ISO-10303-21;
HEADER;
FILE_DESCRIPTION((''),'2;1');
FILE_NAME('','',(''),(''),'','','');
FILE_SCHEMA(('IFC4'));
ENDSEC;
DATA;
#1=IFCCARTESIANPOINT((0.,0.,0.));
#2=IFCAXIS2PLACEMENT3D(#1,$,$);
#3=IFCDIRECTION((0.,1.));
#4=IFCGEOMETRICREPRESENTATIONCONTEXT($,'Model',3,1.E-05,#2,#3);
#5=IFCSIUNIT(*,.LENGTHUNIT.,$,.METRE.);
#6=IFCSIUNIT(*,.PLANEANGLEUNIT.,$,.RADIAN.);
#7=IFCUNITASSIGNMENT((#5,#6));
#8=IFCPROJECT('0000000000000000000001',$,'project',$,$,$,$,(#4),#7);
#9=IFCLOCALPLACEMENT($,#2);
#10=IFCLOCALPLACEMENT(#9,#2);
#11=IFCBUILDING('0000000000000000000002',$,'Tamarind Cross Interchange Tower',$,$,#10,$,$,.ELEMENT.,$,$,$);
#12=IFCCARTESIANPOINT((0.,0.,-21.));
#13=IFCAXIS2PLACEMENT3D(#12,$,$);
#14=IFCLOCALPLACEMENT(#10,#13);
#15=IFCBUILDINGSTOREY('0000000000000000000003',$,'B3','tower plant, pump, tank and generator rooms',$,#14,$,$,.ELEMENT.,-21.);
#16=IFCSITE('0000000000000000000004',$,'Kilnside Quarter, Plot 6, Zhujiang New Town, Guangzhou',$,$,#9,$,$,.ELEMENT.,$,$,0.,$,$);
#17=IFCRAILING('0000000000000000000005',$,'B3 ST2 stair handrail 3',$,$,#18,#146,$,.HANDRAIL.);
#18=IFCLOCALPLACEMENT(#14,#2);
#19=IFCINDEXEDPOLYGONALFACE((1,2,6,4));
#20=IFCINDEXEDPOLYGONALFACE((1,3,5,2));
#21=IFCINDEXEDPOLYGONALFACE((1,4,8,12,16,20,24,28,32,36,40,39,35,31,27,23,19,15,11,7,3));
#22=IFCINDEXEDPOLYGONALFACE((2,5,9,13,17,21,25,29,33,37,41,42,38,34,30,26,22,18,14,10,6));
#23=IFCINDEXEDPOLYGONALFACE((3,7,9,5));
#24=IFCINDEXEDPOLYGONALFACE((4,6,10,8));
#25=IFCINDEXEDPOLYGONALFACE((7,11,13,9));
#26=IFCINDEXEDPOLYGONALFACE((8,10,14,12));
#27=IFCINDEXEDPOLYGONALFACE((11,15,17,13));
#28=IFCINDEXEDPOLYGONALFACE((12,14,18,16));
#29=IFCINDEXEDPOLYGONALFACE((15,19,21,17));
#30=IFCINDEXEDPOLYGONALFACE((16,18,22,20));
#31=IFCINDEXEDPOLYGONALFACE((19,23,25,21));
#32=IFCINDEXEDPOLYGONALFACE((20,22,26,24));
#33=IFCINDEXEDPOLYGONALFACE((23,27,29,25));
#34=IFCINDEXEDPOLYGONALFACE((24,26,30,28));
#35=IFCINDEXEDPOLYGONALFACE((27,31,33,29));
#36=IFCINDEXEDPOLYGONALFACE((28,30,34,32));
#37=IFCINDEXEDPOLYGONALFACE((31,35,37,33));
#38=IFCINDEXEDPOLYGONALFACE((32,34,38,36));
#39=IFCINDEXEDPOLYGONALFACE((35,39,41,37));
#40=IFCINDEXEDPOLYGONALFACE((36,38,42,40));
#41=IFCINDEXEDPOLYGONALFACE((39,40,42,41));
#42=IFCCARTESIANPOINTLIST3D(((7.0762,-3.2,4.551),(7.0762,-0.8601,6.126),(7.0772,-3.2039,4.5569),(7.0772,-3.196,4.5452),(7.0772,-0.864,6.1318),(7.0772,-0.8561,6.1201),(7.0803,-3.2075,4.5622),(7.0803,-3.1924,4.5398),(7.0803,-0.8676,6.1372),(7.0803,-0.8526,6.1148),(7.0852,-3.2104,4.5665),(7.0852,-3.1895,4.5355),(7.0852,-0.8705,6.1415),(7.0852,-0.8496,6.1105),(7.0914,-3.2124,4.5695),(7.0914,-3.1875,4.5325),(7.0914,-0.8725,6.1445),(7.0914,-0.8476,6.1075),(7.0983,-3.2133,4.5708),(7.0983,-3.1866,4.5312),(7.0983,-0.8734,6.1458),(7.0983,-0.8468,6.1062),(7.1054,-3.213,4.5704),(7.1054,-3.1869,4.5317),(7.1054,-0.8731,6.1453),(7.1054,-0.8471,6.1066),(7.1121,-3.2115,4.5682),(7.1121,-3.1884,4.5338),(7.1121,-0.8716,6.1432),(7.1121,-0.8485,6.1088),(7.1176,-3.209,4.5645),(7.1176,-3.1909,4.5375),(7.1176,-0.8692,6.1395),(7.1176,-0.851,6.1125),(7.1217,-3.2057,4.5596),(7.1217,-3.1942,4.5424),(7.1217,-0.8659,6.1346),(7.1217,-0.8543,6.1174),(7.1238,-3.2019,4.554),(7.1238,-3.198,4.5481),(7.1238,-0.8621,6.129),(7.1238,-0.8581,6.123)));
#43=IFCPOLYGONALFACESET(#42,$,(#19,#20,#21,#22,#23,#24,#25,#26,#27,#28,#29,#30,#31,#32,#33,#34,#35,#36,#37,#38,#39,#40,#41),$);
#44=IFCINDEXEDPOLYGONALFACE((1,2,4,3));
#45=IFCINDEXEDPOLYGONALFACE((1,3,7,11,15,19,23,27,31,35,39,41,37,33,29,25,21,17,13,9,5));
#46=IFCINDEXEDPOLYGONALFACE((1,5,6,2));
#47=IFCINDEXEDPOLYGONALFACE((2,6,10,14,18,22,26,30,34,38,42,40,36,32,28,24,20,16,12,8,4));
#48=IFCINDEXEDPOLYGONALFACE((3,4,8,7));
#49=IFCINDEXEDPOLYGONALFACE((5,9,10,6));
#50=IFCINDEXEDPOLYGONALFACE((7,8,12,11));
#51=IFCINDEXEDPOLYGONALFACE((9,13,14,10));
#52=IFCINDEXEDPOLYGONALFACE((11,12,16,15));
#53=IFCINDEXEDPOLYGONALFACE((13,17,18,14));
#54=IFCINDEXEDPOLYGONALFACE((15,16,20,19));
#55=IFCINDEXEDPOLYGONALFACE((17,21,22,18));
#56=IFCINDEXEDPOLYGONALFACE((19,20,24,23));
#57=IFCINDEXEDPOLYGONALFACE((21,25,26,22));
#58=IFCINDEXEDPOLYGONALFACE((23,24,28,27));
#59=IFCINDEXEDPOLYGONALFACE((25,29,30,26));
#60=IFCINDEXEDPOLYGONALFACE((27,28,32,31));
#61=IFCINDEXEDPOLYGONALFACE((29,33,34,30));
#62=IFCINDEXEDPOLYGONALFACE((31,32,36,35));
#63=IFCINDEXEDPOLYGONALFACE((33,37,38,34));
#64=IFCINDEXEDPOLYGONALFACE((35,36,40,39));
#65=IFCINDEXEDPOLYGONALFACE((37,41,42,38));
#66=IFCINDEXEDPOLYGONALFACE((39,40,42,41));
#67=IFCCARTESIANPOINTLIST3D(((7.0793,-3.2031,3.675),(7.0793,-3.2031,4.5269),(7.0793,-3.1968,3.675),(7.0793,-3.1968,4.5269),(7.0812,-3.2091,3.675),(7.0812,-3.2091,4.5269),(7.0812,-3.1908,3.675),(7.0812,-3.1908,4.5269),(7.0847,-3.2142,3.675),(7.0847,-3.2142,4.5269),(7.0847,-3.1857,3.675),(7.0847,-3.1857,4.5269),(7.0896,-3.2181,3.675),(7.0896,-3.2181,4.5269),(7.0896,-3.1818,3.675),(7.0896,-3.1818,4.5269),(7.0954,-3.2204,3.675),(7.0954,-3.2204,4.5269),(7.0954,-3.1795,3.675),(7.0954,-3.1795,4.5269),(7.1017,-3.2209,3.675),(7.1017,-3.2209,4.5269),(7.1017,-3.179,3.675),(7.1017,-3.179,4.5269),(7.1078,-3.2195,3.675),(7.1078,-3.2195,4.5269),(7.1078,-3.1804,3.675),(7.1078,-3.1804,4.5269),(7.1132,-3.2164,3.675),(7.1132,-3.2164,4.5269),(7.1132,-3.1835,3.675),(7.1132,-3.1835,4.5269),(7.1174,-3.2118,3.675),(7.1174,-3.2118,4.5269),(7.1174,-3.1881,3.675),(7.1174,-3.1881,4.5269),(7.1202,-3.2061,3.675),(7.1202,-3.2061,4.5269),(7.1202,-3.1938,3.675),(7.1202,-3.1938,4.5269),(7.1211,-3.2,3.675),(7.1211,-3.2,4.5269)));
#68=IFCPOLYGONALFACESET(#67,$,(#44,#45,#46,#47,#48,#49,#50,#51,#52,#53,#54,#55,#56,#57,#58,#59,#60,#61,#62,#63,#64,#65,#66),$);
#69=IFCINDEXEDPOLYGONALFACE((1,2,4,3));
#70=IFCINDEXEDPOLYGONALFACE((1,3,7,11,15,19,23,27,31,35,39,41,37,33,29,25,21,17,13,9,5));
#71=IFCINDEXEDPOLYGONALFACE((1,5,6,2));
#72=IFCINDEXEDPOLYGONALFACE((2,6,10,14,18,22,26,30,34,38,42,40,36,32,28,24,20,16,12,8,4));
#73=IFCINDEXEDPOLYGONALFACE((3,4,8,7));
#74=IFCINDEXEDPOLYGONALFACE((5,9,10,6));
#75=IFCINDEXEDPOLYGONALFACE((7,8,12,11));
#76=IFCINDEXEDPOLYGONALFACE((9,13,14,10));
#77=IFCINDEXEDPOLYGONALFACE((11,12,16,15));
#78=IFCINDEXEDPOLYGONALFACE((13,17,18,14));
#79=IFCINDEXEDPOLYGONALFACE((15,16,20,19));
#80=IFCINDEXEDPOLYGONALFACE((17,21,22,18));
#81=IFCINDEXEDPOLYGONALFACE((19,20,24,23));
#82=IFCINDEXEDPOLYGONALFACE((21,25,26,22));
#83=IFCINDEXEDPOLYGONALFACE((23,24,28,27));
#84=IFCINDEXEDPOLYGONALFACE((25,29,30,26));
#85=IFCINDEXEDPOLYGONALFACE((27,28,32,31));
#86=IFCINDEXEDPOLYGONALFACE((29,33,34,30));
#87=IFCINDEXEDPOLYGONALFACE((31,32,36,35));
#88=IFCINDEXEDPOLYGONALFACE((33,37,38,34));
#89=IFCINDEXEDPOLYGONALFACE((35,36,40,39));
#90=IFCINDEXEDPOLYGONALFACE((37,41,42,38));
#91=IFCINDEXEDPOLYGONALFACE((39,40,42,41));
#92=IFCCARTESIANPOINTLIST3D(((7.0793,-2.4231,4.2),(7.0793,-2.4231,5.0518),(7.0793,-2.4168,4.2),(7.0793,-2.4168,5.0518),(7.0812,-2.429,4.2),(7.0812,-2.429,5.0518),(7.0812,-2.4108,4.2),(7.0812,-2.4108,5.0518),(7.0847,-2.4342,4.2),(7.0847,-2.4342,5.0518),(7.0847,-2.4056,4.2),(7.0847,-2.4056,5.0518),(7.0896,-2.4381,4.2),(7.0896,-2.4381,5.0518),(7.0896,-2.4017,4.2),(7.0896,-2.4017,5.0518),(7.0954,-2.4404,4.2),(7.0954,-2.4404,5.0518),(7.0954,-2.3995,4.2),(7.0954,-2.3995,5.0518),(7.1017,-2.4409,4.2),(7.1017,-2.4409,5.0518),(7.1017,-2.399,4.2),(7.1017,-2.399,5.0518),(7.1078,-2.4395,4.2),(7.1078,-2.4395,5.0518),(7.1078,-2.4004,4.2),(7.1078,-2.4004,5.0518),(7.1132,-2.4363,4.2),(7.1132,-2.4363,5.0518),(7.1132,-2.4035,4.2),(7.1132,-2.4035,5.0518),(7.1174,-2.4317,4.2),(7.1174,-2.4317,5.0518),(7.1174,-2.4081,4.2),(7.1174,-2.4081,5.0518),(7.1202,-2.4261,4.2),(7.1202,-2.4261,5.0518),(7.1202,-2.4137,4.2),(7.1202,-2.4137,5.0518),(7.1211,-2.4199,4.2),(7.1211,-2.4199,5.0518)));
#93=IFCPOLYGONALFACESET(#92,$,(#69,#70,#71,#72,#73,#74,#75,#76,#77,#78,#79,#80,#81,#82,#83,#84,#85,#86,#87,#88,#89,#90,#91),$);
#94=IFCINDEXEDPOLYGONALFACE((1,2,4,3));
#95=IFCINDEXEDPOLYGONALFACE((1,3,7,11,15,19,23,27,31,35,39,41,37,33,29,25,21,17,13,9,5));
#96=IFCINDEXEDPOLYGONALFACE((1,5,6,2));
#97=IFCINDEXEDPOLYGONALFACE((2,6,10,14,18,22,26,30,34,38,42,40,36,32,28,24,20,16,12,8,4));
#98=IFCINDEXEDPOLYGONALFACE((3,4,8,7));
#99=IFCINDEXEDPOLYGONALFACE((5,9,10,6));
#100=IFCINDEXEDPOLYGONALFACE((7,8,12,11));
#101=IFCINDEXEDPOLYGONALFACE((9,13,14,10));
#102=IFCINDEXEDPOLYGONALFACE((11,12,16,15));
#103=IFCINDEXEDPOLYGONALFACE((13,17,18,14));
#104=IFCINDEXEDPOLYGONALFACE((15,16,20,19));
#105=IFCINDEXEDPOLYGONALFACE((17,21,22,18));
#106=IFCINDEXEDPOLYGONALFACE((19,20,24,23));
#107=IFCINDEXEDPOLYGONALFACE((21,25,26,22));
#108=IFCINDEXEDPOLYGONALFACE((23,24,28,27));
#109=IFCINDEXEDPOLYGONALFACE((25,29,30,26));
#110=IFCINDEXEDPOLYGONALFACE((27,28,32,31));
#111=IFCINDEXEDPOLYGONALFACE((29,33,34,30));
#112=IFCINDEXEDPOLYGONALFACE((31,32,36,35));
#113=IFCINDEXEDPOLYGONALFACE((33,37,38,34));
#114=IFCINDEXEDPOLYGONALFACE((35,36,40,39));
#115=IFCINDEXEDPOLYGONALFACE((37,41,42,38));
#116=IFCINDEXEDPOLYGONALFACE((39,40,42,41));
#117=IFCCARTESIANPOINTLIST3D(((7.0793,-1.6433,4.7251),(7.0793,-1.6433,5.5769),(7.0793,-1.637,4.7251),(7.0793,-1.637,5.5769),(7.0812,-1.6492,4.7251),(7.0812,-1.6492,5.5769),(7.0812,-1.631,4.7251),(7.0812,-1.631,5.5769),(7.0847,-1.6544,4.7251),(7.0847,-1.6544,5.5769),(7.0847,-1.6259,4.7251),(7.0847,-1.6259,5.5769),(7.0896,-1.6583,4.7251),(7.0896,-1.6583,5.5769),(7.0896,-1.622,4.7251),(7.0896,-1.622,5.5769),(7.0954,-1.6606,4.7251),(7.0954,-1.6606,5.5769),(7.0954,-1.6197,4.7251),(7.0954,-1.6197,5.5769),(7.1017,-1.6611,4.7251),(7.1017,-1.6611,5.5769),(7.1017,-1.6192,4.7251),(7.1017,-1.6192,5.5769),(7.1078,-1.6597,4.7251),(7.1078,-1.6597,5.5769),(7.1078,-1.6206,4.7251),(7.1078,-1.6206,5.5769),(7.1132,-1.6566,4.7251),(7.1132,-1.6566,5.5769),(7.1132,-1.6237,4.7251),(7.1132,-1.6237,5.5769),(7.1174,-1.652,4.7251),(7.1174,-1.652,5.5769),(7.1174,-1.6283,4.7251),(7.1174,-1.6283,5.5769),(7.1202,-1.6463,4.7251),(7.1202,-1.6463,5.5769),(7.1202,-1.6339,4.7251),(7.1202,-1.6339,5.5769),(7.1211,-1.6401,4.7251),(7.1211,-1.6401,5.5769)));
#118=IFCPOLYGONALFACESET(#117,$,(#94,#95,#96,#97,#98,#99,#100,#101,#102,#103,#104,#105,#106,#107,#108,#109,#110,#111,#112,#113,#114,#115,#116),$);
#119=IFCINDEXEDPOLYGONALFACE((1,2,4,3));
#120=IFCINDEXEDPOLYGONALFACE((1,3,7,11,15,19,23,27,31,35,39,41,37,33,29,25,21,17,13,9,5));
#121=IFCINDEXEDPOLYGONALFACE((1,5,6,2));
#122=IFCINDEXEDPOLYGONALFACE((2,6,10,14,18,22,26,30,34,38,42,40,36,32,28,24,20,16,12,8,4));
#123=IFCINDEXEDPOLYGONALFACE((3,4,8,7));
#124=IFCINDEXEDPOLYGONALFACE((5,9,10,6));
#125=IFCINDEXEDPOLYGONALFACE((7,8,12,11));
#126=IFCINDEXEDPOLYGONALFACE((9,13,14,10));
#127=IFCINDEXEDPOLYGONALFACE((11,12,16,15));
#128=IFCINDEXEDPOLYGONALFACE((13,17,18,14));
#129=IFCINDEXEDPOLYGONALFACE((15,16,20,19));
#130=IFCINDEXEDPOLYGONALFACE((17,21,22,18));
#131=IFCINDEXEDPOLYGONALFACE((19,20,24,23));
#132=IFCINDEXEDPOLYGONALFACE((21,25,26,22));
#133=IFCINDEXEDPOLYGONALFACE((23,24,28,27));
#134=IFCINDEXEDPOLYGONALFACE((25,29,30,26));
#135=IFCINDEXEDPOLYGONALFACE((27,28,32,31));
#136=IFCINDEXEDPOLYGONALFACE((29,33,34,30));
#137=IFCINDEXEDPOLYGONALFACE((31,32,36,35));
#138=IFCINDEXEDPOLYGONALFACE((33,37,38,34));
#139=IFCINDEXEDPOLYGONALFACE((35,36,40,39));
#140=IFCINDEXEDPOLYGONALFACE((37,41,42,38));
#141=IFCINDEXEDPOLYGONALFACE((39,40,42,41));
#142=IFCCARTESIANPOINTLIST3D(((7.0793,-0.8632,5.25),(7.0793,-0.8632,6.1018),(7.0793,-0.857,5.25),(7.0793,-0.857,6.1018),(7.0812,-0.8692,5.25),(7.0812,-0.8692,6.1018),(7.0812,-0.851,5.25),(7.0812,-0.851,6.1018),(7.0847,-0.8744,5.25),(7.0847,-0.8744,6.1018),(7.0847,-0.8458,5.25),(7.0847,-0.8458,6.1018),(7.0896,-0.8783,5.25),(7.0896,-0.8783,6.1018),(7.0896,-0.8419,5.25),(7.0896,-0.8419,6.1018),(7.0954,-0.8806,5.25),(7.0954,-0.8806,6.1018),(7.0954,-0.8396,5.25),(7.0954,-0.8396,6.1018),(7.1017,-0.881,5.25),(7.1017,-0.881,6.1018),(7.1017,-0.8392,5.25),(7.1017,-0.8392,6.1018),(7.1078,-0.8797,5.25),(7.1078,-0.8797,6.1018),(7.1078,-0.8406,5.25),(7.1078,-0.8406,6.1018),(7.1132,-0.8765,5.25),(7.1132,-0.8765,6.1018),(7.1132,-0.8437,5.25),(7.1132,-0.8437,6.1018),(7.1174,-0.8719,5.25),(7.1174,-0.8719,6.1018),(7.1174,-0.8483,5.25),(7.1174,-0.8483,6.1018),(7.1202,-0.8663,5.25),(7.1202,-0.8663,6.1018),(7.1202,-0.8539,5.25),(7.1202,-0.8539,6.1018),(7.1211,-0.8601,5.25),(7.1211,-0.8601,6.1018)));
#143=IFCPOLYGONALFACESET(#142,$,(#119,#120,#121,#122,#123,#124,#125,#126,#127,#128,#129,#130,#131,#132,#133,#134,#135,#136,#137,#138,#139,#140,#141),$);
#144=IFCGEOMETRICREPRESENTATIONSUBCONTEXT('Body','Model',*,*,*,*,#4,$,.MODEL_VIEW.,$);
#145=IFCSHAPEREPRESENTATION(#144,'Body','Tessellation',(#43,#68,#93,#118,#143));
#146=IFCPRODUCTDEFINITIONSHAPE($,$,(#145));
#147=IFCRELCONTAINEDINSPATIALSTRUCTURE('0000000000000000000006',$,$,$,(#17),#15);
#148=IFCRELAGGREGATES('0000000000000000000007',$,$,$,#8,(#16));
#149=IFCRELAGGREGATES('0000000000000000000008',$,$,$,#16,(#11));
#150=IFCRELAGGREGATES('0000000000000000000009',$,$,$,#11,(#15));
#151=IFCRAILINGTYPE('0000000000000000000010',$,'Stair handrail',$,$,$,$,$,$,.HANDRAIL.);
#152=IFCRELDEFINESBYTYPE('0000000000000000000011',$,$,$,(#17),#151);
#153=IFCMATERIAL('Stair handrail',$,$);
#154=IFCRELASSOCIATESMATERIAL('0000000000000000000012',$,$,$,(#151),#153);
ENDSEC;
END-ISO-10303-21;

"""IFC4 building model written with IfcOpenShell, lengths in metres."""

from ifc_helpers import new_model, si_unit, direction, frame, origin, origin_2d, place, context, subcontext, project, spatial, circle, extrude, material, type_object, element, save


model = new_model("IFC4")

# Units and contexts
model_context = context("Model", 3, precision=1e-05, world=origin(), true_north=direction((0.0, 1.0)))
body_context = subcontext(model_context, "Body", "Model", "MODEL_VIEW")
ifc_project = project(units=[si_unit("LENGTHUNIT", "METRE"), si_unit("PLANEANGLEUNIT", "RADIAN")], contexts=[model_context])

# Site, building, storey
site_placement = place(None, origin())
site = spatial("IfcSite", under=ifc_project, at=site_placement, Name="Kilnside Quarter, Plot 6, Zhujiang New Town, Guangzhou", CompositionType="ELEMENT", RefElevation=0.0)
building_placement = place(site_placement, origin())
building = spatial("IfcBuilding", under=site, at=building_placement, Name="Tamarind Cross Interchange Tower", CompositionType="ELEMENT")
storey_placement = place(building_placement, frame((0.0, 0.0, -21.0)))
storey = spatial("IfcBuildingStorey", under=building, at=storey_placement, Name="B3", Description="tower plant, pump, tank and generator rooms", CompositionType="ELEMENT", Elevation=-21.0)

# Railing
ifc_material_1 = material(Name="Stair handrail")
railing_type_1 = type_object("IfcRailingType", Name="Stair handrail", PredefinedType="HANDRAIL", material=ifc_material_1)
railing_1_placement = place(storey_placement, frame((7.1001, -3.2, 3.675)))
element("IfcRailing", 1, at=railing_1_placement, inside=storey, type_object=railing_type_1, Name="B3 ST2 stair handrail 3", PredefinedType="HANDRAIL", context=body_context, shape_type="SweptSolid", body=[
    extrude(circle(Radius=0.0239, at=origin_2d()), frame((0.0, 0.0, 0.876), z_axis=(0.0, 0.829578, 0.55839), x_axis=(-1.0, 0.0, 0.0)), (0.0, 0.0, 1.0), 2.8206),
    extrude(circle(Radius=0.021, at=origin_2d()), origin(), (0.0, 0.0, 1.0), 0.8518),
    extrude(circle(Radius=0.021, at=origin_2d()), frame((0.0, 0.78, 0.5249)), (0.0, 0.0, 1.0), 0.8518),
    extrude(circle(Radius=0.021, at=origin_2d()), frame((0.0, 1.5598, 1.05)), (0.0, 0.0, 1.0), 0.8518),
    extrude(circle(Radius=0.021, at=origin_2d()), frame((0.0, 2.3398, 1.575)), (0.0, 0.0, 1.0), 0.8518),
])

save(model, "model.ifc")
